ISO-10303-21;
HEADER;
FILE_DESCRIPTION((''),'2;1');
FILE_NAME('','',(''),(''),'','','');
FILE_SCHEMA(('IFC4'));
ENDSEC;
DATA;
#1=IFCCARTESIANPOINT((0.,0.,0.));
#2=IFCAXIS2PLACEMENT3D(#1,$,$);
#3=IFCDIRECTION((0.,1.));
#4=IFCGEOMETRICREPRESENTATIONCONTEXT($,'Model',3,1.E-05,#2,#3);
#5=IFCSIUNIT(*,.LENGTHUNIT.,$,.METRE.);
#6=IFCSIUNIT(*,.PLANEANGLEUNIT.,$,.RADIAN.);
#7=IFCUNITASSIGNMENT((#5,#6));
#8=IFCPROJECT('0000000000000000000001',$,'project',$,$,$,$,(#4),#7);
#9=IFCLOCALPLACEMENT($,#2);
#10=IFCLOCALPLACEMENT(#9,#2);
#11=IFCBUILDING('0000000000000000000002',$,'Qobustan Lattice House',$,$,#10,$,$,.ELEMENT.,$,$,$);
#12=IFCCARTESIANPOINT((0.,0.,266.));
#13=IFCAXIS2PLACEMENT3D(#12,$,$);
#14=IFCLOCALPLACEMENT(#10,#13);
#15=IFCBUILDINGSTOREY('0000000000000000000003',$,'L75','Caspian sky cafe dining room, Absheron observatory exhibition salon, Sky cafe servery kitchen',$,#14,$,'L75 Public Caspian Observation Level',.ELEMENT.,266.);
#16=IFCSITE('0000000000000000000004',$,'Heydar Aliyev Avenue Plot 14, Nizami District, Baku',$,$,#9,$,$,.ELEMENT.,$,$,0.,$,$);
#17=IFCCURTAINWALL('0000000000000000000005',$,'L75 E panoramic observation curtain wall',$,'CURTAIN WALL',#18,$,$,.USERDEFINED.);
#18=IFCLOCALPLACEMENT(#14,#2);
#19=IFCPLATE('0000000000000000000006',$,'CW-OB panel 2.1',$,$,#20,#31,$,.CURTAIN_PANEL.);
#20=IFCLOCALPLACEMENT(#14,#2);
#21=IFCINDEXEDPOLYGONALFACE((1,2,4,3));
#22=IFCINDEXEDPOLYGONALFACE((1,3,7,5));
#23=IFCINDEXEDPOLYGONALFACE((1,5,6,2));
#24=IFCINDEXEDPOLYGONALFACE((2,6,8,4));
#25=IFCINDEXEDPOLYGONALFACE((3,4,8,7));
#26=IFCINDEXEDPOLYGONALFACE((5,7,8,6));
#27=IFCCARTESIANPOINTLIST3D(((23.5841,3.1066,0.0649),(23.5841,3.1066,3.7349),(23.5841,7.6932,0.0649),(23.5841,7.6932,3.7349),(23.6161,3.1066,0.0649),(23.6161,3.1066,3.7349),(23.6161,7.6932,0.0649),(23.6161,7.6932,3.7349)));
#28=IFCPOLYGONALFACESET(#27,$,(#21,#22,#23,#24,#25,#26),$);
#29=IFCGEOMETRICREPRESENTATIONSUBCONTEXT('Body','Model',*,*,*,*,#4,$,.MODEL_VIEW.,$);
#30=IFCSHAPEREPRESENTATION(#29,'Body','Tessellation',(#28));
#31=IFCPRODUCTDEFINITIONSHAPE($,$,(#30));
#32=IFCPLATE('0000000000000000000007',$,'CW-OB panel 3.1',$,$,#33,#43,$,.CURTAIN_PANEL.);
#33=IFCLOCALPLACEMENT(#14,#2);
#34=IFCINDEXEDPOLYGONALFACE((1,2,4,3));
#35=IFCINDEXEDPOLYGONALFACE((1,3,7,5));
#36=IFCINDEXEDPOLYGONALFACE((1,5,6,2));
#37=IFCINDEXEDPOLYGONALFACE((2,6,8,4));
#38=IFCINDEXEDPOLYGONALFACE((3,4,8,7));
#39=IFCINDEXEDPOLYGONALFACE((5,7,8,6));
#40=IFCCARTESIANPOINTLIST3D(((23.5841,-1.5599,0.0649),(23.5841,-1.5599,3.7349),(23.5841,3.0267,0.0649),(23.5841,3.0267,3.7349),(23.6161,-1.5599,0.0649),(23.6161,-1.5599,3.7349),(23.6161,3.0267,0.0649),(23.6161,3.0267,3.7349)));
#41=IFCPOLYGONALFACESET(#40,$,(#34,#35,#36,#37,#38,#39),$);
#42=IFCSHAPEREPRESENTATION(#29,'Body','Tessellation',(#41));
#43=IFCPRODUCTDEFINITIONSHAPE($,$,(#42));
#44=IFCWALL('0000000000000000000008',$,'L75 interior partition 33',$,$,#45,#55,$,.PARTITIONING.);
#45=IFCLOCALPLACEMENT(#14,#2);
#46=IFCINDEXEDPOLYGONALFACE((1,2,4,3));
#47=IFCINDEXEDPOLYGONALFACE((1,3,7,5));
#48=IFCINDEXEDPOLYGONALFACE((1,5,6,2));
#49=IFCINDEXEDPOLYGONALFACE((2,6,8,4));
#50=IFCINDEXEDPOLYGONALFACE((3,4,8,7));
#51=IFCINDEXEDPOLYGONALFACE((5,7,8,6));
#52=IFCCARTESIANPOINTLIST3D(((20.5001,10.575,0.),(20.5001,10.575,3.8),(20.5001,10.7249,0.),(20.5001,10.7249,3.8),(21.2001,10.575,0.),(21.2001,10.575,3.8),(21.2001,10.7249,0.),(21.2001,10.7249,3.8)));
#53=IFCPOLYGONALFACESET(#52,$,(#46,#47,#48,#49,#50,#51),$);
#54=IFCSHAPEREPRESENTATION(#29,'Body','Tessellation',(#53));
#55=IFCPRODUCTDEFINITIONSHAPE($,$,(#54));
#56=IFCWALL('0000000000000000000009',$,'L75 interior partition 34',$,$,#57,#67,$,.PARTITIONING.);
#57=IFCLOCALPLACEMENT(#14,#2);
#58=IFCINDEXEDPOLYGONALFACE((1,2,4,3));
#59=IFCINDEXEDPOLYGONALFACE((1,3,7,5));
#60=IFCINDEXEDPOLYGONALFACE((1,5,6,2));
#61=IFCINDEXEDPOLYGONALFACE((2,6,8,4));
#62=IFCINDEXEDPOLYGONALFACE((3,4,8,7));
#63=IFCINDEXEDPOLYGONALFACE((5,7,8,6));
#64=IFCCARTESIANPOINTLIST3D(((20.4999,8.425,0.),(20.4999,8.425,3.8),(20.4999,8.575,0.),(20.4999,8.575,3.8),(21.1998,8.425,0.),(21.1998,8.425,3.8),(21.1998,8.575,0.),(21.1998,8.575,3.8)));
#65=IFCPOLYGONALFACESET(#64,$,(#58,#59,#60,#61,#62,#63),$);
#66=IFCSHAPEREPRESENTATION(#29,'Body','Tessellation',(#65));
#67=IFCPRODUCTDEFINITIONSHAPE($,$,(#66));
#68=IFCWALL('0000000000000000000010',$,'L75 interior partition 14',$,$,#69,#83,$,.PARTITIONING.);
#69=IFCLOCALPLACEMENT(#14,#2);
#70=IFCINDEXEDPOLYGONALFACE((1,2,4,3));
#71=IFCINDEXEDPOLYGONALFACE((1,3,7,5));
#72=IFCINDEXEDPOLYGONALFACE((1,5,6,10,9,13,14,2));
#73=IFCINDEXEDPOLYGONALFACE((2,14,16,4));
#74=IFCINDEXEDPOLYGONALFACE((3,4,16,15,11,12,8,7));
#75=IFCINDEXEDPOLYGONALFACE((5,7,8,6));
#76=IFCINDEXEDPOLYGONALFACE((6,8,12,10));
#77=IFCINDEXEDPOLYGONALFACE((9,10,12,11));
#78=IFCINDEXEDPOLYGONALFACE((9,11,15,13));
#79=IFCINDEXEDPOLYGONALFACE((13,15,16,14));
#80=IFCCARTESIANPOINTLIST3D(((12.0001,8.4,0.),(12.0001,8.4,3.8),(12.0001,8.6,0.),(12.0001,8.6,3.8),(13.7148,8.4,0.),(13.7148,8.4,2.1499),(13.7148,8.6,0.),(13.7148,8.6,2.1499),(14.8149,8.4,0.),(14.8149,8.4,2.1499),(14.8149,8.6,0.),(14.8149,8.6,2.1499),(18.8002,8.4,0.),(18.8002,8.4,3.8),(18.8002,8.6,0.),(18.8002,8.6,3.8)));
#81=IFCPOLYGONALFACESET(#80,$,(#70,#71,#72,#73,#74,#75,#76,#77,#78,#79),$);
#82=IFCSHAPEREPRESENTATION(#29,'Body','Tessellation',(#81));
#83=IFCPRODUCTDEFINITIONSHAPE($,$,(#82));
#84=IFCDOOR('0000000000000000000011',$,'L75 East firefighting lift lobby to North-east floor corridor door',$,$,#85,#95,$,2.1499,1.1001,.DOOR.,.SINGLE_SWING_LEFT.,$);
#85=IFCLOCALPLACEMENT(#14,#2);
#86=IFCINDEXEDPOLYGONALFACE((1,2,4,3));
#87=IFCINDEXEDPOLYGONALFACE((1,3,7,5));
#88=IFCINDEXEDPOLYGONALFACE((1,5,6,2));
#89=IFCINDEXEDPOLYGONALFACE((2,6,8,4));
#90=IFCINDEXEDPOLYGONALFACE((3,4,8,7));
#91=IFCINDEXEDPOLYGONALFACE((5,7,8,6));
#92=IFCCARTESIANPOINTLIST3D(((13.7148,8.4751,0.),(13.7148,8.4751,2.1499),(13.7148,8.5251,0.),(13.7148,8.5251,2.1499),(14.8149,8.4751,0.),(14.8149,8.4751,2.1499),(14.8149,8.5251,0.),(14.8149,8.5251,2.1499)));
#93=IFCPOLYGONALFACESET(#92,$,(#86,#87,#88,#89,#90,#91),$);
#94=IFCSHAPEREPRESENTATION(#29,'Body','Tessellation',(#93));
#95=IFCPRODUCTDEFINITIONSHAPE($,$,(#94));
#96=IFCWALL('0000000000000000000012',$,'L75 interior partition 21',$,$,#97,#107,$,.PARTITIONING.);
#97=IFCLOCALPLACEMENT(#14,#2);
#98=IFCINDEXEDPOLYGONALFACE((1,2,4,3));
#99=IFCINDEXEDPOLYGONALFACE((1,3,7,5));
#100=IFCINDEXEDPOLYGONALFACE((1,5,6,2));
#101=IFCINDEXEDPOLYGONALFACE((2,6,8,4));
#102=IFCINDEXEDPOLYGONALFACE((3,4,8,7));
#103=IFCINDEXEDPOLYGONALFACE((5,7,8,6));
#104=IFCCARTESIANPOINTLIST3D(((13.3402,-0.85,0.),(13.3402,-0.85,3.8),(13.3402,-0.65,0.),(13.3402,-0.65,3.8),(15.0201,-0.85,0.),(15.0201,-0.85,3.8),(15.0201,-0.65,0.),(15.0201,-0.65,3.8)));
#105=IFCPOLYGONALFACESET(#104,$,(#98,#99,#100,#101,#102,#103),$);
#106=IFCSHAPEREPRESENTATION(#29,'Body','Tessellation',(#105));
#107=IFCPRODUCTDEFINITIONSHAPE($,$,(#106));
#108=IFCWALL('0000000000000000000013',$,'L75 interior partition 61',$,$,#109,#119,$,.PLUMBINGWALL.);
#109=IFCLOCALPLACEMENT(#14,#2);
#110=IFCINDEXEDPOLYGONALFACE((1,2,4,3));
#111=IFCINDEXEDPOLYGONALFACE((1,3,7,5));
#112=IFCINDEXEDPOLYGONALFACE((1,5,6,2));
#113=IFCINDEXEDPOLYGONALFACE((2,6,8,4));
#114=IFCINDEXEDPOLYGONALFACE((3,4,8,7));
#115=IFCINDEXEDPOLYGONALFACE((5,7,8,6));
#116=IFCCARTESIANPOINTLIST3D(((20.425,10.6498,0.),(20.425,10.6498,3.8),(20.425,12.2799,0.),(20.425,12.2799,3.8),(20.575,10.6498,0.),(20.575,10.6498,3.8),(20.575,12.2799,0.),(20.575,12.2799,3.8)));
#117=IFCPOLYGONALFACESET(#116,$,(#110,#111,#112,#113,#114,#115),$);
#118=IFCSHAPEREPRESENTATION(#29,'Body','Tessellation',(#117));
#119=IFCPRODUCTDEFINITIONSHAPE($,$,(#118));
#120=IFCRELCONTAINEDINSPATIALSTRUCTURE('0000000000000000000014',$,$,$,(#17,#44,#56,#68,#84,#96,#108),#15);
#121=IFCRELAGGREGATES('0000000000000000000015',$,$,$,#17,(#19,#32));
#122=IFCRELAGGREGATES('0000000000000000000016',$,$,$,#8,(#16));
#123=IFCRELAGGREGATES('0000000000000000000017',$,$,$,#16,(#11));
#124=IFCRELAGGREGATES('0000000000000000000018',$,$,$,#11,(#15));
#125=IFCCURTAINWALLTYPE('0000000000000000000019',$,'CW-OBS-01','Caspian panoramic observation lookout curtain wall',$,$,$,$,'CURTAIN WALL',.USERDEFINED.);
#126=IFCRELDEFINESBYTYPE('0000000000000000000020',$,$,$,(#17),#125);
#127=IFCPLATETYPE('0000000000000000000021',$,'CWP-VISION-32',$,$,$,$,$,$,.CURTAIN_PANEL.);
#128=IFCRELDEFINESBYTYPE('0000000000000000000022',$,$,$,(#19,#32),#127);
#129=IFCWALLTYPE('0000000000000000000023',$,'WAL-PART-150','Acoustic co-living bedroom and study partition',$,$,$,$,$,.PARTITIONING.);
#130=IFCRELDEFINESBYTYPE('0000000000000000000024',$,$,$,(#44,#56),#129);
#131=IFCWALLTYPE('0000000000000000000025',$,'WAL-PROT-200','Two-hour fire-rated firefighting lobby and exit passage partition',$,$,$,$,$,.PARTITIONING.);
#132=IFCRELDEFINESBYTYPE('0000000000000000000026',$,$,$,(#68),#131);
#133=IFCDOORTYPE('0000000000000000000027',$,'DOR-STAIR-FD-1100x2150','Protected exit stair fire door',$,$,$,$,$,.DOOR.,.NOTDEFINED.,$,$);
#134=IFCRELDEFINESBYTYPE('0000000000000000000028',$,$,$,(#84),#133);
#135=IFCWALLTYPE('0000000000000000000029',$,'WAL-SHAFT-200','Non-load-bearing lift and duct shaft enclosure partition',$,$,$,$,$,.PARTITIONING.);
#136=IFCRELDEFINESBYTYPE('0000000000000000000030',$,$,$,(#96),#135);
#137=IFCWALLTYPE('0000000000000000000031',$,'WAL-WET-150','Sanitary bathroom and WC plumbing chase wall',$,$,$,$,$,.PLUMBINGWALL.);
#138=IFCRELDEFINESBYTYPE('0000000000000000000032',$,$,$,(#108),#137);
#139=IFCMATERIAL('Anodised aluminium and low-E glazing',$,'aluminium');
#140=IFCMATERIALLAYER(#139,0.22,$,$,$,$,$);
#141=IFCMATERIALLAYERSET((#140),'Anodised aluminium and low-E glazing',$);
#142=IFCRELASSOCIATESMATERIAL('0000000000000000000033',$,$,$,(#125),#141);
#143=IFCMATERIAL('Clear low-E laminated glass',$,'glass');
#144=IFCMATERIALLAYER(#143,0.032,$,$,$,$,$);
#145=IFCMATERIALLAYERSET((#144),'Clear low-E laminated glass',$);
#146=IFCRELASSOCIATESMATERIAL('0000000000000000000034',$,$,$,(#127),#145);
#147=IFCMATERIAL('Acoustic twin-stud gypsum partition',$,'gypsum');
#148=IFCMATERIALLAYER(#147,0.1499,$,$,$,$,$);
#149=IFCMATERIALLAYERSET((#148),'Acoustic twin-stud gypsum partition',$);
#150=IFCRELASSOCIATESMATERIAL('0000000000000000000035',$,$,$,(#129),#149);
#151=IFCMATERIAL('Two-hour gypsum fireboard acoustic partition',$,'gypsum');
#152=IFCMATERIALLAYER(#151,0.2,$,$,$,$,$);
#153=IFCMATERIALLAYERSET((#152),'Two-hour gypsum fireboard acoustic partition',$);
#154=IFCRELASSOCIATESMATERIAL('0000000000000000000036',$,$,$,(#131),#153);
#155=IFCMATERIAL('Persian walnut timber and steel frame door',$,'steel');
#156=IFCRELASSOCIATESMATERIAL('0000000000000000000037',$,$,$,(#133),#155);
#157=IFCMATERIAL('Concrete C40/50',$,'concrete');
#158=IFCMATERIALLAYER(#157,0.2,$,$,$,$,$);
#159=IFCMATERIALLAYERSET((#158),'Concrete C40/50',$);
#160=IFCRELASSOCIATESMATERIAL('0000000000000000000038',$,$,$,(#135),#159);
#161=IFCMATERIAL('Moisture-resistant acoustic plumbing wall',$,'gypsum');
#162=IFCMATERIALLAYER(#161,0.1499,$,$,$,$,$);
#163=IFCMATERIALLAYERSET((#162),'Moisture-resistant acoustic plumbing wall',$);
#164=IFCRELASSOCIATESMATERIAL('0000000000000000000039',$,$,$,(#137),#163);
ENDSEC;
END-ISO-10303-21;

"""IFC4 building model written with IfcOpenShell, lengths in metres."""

from ifc_helpers import new_model, si_unit, direction, frame, frame_2d, origin, origin_2d, place, context, subcontext, project, spatial, rectangle, extrude, material, layer, layer_set, type_object, element, fill, aggregate, save


model = new_model("IFC4")

# Units and contexts
model_context = context("Model", 3, precision=1e-05, world=origin(), true_north=direction((0.0, 1.0)))
body_context = subcontext(model_context, "Body", "Model", "MODEL_VIEW")
ifc_project = project(units=[si_unit("LENGTHUNIT", "METRE"), si_unit("PLANEANGLEUNIT", "RADIAN")], contexts=[model_context])

# Site, building, storey
site_placement = place(None, origin())
site = spatial("IfcSite", under=ifc_project, at=site_placement, Name="Heydar Aliyev Avenue Plot 14, Nizami District, Baku", CompositionType="ELEMENT", RefElevation=0.0)
building_placement = place(site_placement, origin())
building = spatial("IfcBuilding", under=site, at=building_placement, Name="Qobustan Lattice House", CompositionType="ELEMENT")
storey_placement = place(building_placement, frame((0.0, 0.0, 266.0)))
storey = spatial("IfcBuildingStorey", under=building, at=storey_placement, Name="L75", Description="Caspian sky cafe dining room, Absheron observatory exhibition salon, Sky cafe servery kitchen", LongName="L75 Public Caspian Observation Level", CompositionType="ELEMENT", Elevation=266.0)

# Curtain wall, plates
ifc_material_1 = material(Name="Anodised aluminium and low-E glazing", Category="aluminium")
ifc_layer_1 = layer(ifc_material_1, 0.22)
ifc_layer_set_1 = layer_set([ifc_layer_1], Name="Anodised aluminium and low-E glazing")
curtain_wall_type = type_object("IfcCurtainWallType", Name="CW-OBS-01", Description="Caspian panoramic observation lookout curtain wall", ElementType="CURTAIN WALL", PredefinedType="USERDEFINED", material=ifc_layer_set_1)
curtain_wall_placement = place(storey_placement, origin())
curtain_wall = element("IfcCurtainWall", 1, at=curtain_wall_placement, inside=storey, type_object=curtain_wall_type, Name="L75 E panoramic observation curtain wall", ObjectType="CURTAIN WALL", PredefinedType="USERDEFINED")
ifc_material_2 = material(Name="Clear low-E laminated glass", Category="glass")
ifc_layer_2 = layer(ifc_material_2, 0.032)
ifc_layer_set_2 = layer_set([ifc_layer_2], Name="Clear low-E laminated glass")
plate_type = type_object("IfcPlateType", Name="CWP-VISION-32", PredefinedType="CURTAIN_PANEL", material=ifc_layer_set_2)
plate_1_placement = place(storey_placement, frame((23.6001, 5.3999, 0.0649), z_axis=(0.0, 0.0, 1.0), x_axis=(0.0, -1.0, 0.0)))
plate_1 = element("IfcPlate", 2, at=plate_1_placement, type_object=plate_type, Name="CW-OB panel 2.1", PredefinedType="CURTAIN_PANEL", context=body_context, shape_type="SweptSolid", body=[
    extrude(rectangle(XDim=4.5867, YDim=0.032, at=origin_2d()), origin(), (0.0, 0.0, 1.0), 3.6699),
])
plate_2_placement = place(storey_placement, frame((23.6001, 0.7334, 0.0649), z_axis=(0.0, 0.0, 1.0), x_axis=(0.0, -1.0, 0.0)))
plate_2 = element("IfcPlate", 3, at=plate_2_placement, type_object=plate_type, Name="CW-OB panel 3.1", PredefinedType="CURTAIN_PANEL", context=body_context, shape_type="SweptSolid", body=[
    extrude(rectangle(XDim=4.5867, YDim=0.032, at=origin_2d()), origin(), (0.0, 0.0, 1.0), 3.6699),
])
aggregate(curtain_wall, [plate_1, plate_2])

# Walls
ifc_material_3 = material(Name="Acoustic twin-stud gypsum partition", Category="gypsum")
ifc_layer_3 = layer(ifc_material_3, 0.1499)
ifc_layer_set_3 = layer_set([ifc_layer_3], Name="Acoustic twin-stud gypsum partition")
wall_type_1 = type_object("IfcWallType", Name="WAL-PART-150", Description="Acoustic co-living bedroom and study partition", PredefinedType="PARTITIONING", material=ifc_layer_set_3)
for number, where, z_axis, x_axis, name in (
    (4, (20.5, 10.6499, 0.0), (0.0, 0.0, 1.0), (1.0, 0.0, 0.0), "L75 interior partition 33"),
    (5, (21.2, 8.5, 0.0), (0.0, 0.0, 1.0), (-1.0, 0.0, 0.0), "L75 interior partition 34"),
):
    element("IfcWall", number, at=place(storey_placement, frame(where, z_axis=z_axis, x_axis=x_axis)), inside=storey, type_object=wall_type_1, Name=name, PredefinedType="PARTITIONING", context=body_context, shape_type="SweptSolid", body=[
        extrude(rectangle(XDim=0.7, YDim=0.1499, at=frame_2d((0.3501, 0.0))), origin(), (0.0, 0.0, 1.0), 3.8),
    ])

# Wall, opening, door
ifc_material_4 = material(Name="Two-hour gypsum fireboard acoustic partition", Category="gypsum")
ifc_layer_4 = layer(ifc_material_4, 0.2)
ifc_layer_set_4 = layer_set([ifc_layer_4], Name="Two-hour gypsum fireboard acoustic partition")
wall_type_2 = type_object("IfcWallType", Name="WAL-PROT-200", Description="Two-hour fire-rated firefighting lobby and exit passage partition", PredefinedType="PARTITIONING", material=ifc_layer_set_4)
wall_1_placement = place(storey_placement, frame((18.8, 8.5, 0.0), z_axis=(0.0, 0.0, 1.0), x_axis=(-1.0, 0.0, 0.0)))
wall_1 = element("IfcWall", 6, at=wall_1_placement, inside=storey, type_object=wall_type_2, Name="L75 interior partition 14", PredefinedType="PARTITIONING", context=body_context, shape_type="SweptSolid", body=[
    extrude(rectangle(XDim=6.8, YDim=0.2, at=frame_2d((3.3999, 0.0))), origin(), (0.0, 0.0, 1.0), 3.8),
])
opening_placement = place(wall_1_placement, frame((3.9851, 0.0, 0.0)))
opening = element("IfcOpeningElement", 7, at=opening_placement, cuts=wall_1, PredefinedType="OPENING", context=body_context, shape_type="SweptSolid", body=[
    extrude(rectangle(XDim=1.1001, YDim=2.1499, at=frame_2d((0.55, 1.075))), frame((0.0, 0.1099, 0.0), z_axis=(0.0, -1.0, 0.0), x_axis=(1.0, 0.0, 0.0)), (0.0, 0.0, 1.0), 0.22),
])
ifc_material_5 = material(Name="Persian walnut timber and steel frame door", Category="steel")
door_type = type_object("IfcDoorType", Name="DOR-STAIR-FD-1100x2150", Description="Protected exit stair fire door", OperationType="NOTDEFINED", PredefinedType="DOOR", material=ifc_material_5)
door_placement = place(opening_placement, origin())
door = element("IfcDoor", 8, at=door_placement, inside=storey, type_object=door_type, Name="L75 East firefighting lift lobby to North-east floor corridor door", OperationType="SINGLE_SWING_LEFT", OverallHeight=2.1499, OverallWidth=1.1001, PredefinedType="DOOR", context=body_context, shape_type="SweptSolid", body=[
    extrude(rectangle(XDim=1.1001, YDim=2.1499, at=frame_2d((0.55, 1.075))), frame((0.0, 0.0249, 0.0), z_axis=(0.0, -1.0, 0.0), x_axis=(1.0, 0.0, 0.0)), (0.0, 0.0, 1.0), 0.05),
])
fill(opening, door)

# Walls
ifc_material_6 = material(Name="Concrete C40/50", Category="concrete")
ifc_layer_5 = layer(ifc_material_6, 0.2)
ifc_layer_set_5 = layer_set([ifc_layer_5], Name="Concrete C40/50")
wall_type_3 = type_object("IfcWallType", Name="WAL-SHAFT-200", Description="Non-load-bearing lift and duct shaft enclosure partition", PredefinedType="PARTITIONING", material=ifc_layer_set_5)
wall_2_placement = place(storey_placement, frame((15.02, -0.75, 0.0), z_axis=(0.0, 0.0, 1.0), x_axis=(-1.0, 0.0, 0.0)))
element("IfcWall", 9, at=wall_2_placement, inside=storey, type_object=wall_type_3, Name="L75 interior partition 21", PredefinedType="PARTITIONING", context=body_context, shape_type="SweptSolid", body=[
    extrude(rectangle(XDim=1.6799, YDim=0.2, at=frame_2d((0.8398, 0.0))), origin(), (0.0, 0.0, 1.0), 3.8),
])
ifc_material_7 = material(Name="Moisture-resistant acoustic plumbing wall", Category="gypsum")
ifc_layer_6 = layer(ifc_material_7, 0.1499)
ifc_layer_set_6 = layer_set([ifc_layer_6], Name="Moisture-resistant acoustic plumbing wall")
wall_type_4 = type_object("IfcWallType", Name="WAL-WET-150", Description="Sanitary bathroom and WC plumbing chase wall", PredefinedType="PLUMBINGWALL", material=ifc_layer_set_6)
wall_3_placement = place(storey_placement, frame((20.5, 10.6499, 0.0), z_axis=(0.0, 0.0, 1.0), x_axis=(0.0, 1.0, 0.0)))
element("IfcWall", 10, at=wall_3_placement, inside=storey, type_object=wall_type_4, Name="L75 interior partition 61", PredefinedType="PLUMBINGWALL", context=body_context, shape_type="SweptSolid", body=[
    extrude(rectangle(XDim=1.6301, YDim=0.1499, at=frame_2d((0.8149, 0.0))), origin(), (0.0, 0.0, 1.0), 3.8),
])

save(model, "model.ifc")
